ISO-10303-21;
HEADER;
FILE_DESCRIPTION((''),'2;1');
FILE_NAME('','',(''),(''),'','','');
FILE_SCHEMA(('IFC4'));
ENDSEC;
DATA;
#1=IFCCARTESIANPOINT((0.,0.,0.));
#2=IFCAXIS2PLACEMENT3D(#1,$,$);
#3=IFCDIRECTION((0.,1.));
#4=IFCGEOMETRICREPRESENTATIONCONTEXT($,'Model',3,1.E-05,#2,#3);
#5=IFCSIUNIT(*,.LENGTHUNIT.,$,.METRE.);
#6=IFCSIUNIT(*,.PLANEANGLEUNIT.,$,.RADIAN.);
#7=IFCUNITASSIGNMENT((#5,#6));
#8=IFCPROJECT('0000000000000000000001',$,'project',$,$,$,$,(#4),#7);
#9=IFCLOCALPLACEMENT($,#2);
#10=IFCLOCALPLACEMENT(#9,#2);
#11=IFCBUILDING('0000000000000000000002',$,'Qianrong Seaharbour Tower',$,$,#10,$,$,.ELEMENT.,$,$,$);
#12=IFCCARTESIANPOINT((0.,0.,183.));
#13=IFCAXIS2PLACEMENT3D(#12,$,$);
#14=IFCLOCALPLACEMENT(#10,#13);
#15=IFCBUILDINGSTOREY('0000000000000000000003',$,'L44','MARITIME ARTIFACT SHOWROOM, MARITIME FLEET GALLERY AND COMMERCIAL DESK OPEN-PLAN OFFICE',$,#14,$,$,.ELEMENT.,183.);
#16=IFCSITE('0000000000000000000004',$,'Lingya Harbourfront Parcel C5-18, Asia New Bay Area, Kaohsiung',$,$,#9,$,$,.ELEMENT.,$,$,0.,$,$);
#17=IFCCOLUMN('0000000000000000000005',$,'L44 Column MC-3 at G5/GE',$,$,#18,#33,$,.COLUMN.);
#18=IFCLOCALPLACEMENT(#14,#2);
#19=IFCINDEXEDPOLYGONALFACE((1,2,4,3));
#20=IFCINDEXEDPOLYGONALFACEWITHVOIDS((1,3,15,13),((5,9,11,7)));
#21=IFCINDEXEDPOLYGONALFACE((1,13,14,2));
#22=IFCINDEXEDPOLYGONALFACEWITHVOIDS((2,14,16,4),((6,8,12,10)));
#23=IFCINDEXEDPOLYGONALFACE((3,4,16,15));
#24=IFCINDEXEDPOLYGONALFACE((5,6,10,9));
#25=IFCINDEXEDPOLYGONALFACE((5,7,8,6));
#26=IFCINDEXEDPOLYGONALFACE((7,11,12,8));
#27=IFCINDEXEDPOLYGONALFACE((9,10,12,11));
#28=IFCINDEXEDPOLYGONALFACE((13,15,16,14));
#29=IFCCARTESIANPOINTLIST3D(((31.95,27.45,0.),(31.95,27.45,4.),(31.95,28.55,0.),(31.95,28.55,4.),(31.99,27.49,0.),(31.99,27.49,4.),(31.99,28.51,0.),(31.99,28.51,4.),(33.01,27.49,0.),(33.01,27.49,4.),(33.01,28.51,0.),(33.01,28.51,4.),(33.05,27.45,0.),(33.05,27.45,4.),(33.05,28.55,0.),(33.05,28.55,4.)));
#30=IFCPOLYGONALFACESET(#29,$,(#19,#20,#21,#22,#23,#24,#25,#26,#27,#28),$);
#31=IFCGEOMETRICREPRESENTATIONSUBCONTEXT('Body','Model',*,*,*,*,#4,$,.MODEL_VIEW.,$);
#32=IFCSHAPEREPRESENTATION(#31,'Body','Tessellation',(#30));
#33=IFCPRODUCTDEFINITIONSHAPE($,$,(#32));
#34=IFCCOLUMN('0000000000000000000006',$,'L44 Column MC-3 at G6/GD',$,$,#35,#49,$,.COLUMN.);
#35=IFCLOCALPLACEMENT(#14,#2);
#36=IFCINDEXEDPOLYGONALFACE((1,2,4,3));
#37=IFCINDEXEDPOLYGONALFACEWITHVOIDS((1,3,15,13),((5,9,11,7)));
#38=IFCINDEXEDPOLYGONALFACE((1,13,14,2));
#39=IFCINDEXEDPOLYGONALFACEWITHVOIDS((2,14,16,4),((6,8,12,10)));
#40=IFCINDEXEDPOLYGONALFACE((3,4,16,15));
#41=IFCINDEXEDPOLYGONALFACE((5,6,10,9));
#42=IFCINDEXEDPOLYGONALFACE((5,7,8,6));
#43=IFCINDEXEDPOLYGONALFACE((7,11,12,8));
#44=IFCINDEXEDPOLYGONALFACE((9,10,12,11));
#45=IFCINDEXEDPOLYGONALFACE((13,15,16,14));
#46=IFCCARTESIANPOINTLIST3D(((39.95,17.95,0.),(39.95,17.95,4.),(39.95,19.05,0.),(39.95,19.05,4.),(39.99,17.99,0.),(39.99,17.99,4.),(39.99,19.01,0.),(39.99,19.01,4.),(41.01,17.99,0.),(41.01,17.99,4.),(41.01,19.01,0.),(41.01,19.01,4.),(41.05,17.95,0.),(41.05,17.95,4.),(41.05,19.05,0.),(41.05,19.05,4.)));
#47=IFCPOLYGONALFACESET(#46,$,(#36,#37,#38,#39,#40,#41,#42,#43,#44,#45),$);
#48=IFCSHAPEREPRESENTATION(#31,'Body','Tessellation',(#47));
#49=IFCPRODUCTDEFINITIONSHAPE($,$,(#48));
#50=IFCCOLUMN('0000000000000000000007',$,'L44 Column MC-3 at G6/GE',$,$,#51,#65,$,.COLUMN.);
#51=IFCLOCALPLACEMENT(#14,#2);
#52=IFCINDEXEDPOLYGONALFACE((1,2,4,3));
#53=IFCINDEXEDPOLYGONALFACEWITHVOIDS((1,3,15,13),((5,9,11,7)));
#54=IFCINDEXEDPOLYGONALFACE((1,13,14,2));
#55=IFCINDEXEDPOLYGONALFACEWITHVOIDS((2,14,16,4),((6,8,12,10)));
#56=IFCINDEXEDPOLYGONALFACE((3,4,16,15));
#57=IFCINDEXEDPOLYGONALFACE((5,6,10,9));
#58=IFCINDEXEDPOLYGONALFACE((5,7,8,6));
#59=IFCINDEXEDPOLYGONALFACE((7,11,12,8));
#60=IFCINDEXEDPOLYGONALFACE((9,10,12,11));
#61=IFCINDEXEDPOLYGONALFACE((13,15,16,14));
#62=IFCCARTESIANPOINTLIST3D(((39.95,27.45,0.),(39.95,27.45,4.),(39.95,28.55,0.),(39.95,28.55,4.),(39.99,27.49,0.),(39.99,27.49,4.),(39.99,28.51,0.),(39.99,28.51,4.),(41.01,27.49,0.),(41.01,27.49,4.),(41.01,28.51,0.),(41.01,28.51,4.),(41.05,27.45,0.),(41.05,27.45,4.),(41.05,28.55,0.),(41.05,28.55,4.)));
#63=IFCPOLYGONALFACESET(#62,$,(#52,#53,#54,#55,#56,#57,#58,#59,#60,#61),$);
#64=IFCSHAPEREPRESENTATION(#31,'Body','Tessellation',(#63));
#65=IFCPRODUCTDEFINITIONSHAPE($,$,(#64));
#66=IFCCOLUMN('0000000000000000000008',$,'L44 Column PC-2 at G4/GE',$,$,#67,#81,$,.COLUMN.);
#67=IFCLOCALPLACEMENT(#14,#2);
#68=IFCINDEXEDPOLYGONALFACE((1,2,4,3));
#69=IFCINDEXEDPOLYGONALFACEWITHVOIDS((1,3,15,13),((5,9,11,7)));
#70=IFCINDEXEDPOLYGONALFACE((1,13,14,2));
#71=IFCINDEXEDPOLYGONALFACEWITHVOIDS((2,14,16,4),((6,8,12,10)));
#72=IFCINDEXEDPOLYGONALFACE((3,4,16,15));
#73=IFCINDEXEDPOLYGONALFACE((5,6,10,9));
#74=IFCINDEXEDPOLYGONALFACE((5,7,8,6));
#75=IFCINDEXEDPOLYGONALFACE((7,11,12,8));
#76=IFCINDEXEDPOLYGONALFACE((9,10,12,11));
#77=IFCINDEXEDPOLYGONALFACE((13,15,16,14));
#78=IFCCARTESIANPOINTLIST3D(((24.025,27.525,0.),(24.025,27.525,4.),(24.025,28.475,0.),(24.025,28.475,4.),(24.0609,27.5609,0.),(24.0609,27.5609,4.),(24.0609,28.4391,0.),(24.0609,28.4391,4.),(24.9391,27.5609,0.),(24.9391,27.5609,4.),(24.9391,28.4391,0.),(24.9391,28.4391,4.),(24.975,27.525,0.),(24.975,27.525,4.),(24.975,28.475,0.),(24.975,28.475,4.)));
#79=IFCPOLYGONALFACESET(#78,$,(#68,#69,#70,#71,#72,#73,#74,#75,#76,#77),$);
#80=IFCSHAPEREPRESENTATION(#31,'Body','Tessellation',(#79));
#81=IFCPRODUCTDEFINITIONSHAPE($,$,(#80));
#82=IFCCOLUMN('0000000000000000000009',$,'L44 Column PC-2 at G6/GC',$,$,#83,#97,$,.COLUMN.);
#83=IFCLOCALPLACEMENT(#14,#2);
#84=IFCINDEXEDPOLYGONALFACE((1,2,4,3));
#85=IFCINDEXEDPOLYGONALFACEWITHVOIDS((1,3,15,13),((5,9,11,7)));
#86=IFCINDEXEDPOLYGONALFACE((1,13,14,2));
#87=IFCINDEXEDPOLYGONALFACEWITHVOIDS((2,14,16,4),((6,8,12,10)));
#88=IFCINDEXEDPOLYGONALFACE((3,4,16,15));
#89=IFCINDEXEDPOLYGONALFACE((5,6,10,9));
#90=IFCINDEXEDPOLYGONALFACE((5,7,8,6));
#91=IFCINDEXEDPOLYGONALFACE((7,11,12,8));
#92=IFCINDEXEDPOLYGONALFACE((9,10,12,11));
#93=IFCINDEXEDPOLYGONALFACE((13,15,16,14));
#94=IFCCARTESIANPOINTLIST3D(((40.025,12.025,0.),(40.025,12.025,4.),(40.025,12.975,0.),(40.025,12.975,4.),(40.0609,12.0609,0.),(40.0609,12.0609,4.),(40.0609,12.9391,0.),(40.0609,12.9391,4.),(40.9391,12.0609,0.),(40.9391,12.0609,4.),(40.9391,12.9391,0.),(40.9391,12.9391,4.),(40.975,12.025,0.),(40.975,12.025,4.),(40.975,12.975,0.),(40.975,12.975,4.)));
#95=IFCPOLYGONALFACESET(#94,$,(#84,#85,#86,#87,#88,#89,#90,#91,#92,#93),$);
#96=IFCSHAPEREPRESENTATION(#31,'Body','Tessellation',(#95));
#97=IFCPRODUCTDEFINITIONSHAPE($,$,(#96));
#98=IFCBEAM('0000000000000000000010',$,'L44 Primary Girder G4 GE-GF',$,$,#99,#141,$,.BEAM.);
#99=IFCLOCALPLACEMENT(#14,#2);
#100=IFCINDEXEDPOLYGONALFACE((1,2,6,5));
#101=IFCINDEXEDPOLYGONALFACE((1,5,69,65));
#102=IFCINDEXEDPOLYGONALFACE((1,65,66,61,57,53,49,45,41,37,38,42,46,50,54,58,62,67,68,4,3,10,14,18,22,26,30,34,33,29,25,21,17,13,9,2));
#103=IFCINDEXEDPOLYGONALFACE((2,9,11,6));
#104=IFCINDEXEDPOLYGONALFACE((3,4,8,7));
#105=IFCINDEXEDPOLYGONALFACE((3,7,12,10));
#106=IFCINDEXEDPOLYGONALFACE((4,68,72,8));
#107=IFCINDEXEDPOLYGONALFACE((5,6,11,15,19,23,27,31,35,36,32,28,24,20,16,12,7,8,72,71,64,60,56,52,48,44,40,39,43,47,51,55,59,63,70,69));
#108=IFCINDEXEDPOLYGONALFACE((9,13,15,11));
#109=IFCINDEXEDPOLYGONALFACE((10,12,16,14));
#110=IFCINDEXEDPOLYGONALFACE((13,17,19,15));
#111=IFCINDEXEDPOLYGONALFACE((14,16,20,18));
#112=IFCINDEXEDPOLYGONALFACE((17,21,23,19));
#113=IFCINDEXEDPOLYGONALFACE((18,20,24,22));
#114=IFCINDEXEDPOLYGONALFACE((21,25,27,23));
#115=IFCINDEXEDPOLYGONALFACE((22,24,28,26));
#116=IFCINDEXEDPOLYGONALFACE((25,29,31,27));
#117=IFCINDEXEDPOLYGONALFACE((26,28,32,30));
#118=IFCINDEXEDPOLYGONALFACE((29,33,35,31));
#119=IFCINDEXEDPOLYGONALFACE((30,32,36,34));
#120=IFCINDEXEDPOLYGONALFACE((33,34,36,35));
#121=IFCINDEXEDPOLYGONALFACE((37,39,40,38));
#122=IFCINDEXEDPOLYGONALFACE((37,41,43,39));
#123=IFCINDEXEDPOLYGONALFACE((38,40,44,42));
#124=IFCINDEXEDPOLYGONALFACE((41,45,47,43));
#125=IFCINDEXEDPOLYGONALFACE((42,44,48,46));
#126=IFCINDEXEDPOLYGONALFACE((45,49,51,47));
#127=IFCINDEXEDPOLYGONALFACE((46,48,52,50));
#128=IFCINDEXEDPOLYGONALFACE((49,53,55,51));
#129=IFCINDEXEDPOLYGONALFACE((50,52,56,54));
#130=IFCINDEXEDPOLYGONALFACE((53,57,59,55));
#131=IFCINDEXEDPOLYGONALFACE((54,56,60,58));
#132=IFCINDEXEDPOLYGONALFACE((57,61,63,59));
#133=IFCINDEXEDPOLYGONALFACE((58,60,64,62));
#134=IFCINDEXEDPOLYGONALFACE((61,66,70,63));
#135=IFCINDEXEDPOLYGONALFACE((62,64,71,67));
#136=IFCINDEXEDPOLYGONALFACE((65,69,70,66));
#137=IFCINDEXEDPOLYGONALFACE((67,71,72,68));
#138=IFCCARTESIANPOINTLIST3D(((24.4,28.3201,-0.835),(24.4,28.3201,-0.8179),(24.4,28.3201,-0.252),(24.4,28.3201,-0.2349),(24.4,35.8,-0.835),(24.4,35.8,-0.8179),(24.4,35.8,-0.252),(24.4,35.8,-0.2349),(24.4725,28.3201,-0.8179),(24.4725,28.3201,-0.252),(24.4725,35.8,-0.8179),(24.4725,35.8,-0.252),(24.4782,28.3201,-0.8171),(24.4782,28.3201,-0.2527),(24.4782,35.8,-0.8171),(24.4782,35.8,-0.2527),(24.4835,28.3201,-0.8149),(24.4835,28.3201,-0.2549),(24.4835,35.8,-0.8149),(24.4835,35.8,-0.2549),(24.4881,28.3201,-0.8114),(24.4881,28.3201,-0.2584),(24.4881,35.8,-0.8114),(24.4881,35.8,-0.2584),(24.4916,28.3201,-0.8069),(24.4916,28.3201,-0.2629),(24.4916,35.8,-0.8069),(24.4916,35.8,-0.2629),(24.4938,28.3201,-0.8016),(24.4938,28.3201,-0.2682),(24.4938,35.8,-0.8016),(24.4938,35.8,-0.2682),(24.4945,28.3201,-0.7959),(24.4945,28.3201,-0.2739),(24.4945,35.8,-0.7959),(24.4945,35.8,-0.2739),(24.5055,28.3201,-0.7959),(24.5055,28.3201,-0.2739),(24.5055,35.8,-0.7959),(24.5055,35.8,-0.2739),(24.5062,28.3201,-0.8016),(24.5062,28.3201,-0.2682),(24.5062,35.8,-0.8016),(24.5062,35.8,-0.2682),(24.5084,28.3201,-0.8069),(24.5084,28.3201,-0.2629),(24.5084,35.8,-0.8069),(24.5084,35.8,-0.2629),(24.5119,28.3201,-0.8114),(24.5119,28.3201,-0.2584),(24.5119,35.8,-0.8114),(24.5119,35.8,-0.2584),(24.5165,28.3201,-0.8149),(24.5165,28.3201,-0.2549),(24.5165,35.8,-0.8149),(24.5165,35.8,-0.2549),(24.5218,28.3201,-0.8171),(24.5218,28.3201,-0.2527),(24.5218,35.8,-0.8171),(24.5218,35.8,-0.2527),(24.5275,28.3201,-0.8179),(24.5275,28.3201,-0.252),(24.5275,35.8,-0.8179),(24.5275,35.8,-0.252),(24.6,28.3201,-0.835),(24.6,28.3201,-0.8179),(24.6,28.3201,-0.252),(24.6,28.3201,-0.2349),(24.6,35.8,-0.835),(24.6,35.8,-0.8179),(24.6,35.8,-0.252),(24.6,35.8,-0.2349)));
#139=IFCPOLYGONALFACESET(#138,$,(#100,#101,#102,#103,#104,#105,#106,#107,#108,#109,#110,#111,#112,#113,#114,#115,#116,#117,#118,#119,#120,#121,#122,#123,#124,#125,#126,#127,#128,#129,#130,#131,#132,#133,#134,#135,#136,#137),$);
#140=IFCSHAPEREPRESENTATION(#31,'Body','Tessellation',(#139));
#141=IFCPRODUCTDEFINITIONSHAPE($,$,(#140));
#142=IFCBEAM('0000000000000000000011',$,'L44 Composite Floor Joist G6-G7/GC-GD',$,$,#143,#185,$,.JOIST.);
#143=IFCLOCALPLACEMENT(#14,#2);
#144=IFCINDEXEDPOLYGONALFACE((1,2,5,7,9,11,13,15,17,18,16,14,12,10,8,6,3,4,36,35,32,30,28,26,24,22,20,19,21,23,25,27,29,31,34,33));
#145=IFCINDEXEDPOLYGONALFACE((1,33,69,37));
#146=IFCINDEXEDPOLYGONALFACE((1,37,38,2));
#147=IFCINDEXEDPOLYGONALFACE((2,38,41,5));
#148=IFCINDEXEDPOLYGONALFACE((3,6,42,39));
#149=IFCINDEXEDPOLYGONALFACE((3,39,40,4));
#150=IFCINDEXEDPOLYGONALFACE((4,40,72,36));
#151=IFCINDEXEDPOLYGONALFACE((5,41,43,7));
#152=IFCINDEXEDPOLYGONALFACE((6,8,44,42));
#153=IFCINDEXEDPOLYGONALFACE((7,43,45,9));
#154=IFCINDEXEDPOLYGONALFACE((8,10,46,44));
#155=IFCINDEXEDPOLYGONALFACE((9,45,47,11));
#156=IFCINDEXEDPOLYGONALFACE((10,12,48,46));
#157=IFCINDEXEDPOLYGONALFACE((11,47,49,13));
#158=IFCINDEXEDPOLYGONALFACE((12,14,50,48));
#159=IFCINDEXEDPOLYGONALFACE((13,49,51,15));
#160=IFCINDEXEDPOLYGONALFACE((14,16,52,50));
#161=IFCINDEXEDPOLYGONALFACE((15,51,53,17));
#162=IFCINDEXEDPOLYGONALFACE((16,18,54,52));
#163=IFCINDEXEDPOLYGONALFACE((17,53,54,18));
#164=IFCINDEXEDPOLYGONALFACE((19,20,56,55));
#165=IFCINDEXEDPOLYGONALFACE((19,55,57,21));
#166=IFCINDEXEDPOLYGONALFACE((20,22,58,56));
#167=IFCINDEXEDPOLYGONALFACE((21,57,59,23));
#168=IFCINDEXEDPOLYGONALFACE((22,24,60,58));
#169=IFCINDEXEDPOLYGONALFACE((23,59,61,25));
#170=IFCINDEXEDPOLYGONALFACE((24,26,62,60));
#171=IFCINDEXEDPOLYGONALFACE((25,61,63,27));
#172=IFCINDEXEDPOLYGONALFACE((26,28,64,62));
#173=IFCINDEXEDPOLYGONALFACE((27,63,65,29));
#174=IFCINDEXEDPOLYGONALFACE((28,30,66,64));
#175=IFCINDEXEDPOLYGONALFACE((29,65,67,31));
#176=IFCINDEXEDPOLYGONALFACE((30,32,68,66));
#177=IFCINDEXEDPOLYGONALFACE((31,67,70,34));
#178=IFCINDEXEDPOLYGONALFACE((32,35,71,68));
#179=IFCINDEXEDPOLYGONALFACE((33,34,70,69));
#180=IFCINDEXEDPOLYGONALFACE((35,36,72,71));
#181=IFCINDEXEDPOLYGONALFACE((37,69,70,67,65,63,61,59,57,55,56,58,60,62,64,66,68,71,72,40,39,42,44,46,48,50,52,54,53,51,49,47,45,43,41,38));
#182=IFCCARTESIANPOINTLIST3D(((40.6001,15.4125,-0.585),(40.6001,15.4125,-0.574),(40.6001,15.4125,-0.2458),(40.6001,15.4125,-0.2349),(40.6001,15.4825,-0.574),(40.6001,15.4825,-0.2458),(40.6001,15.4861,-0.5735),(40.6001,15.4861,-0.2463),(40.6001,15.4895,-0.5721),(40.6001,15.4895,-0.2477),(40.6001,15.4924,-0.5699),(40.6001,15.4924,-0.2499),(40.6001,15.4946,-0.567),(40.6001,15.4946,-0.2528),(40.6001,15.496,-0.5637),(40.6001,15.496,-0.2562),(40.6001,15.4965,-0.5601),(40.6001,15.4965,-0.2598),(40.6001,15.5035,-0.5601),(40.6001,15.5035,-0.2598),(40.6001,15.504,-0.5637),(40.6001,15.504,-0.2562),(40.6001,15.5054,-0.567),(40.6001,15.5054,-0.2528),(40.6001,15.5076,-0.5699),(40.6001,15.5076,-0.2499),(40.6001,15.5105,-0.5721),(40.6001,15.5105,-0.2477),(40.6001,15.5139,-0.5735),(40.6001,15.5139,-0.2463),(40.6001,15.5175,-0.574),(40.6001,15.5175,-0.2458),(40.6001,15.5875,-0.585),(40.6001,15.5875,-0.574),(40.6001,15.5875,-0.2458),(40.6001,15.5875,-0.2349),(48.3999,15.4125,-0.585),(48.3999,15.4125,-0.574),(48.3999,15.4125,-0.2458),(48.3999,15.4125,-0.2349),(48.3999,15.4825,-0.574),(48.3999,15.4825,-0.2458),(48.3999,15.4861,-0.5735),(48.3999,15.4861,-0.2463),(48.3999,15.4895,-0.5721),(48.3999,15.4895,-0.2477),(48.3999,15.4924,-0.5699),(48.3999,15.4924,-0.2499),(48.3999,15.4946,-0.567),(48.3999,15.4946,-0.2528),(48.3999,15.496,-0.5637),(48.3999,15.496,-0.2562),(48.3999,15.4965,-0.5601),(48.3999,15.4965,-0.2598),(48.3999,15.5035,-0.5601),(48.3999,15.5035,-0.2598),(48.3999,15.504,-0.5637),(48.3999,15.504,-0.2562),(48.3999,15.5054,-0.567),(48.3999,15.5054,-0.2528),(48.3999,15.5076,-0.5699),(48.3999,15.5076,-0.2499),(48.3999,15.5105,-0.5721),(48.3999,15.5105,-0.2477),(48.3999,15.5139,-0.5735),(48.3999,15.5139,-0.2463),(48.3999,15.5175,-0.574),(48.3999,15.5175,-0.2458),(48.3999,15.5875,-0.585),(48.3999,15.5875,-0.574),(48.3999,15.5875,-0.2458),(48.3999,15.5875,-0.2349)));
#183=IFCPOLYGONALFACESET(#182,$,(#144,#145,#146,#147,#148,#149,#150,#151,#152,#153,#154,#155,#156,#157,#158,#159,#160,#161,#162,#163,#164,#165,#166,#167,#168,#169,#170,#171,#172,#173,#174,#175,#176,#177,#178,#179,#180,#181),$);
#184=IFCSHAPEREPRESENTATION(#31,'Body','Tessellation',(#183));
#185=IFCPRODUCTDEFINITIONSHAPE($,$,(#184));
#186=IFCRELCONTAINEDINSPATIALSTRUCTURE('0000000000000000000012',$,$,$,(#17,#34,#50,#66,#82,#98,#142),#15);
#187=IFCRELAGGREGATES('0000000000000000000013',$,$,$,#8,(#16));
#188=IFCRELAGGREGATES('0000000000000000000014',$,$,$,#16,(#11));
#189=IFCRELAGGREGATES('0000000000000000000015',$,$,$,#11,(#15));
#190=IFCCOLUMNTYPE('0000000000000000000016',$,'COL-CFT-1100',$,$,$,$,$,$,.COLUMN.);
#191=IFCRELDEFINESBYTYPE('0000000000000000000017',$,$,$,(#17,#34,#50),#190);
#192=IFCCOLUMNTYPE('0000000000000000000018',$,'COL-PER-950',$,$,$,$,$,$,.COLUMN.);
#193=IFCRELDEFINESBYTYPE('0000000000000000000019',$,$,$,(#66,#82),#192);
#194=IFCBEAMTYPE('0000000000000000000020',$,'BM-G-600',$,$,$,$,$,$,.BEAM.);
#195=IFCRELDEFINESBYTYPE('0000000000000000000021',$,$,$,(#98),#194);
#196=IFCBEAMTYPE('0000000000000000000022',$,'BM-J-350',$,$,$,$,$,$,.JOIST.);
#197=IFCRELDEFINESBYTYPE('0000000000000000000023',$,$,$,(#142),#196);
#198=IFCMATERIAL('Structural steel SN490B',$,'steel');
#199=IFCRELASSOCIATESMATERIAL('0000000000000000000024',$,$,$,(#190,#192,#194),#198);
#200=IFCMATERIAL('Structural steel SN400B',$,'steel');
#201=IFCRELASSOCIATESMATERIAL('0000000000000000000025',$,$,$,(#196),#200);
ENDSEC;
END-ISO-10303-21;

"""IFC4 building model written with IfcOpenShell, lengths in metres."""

from ifc_helpers import new_model, si_unit, direction, frame, origin, origin_2d, place, context, subcontext, project, spatial, hollow_rectangle, i_section, extrude, material, material_profile, profile_set, type_object, element, save


model = new_model("IFC4")

# Units and contexts
model_context = context("Model", 3, precision=1e-05, world=origin(), true_north=direction((0.0, 1.0)))
body_context = subcontext(model_context, "Body", "Model", "MODEL_VIEW")
ifc_project = project(units=[si_unit("LENGTHUNIT", "METRE"), si_unit("PLANEANGLEUNIT", "RADIAN")], contexts=[model_context])

# Site, building, storey
site_placement = place(None, origin())
site = spatial("IfcSite", under=ifc_project, at=site_placement, Name="Lingya Harbourfront Parcel C5-18, Asia New Bay Area, Kaohsiung", CompositionType="ELEMENT", RefElevation=0.0)
building_placement = place(site_placement, origin())
building = spatial("IfcBuilding", under=site, at=building_placement, Name="Qianrong Seaharbour Tower", CompositionType="ELEMENT")
storey_placement = place(building_placement, frame((0.0, 0.0, 183.0)))
storey = spatial("IfcBuildingStorey", under=building, at=storey_placement, Name="L44", Description="MARITIME ARTIFACT SHOWROOM, MARITIME FLEET GALLERY AND COMMERCIAL DESK OPEN-PLAN OFFICE", CompositionType="ELEMENT", Elevation=183.0)

# Columns
ifc_material_1 = material(Name="Structural steel SN490B", Category="steel")
ifc_material_profile_1 = material_profile(ifc_material_1, hollow_rectangle(XDim=1.1001, YDim=1.1001, WallThickness=0.04, at=origin_2d()), Name="BOX1100x1100x40")
ifc_profile_set_1 = profile_set([ifc_material_profile_1], Name="Structural steel SN490B")
column_type_1 = type_object("IfcColumnType", Name="COL-CFT-1100", PredefinedType="COLUMN", material=ifc_profile_set_1)
for number, where, z_axis, x_axis, name in (
    (1, (32.5, 28.0, 0.0), (0.0, 0.0, 1.0), (1.0, 0.0, 0.0), "L44 Column MC-3 at G5/GE"),
    (2, (40.5, 18.5, 0.0), (0.0, 0.0, 1.0), (1.0, 0.0, 0.0), "L44 Column MC-3 at G6/GD"),
    (3, (40.5, 28.0, 0.0), (0.0, 0.0, 1.0), (1.0, 0.0, 0.0), "L44 Column MC-3 at G6/GE"),
):
    element("IfcColumn", number, at=place(storey_placement, frame(where, z_axis=z_axis, x_axis=x_axis)), inside=storey, type_object=column_type_1, Name=name, PredefinedType="COLUMN", context=body_context, shape_type="SweptSolid", body=[
        extrude(hollow_rectangle(XDim=1.1001, YDim=1.1001, WallThickness=0.04, at=origin_2d()), origin(), (0.0, 0.0, 1.0), 4.0),
    ])
ifc_material_profile_2 = material_profile(ifc_material_1, hollow_rectangle(XDim=0.95, YDim=0.95, WallThickness=0.0359, at=origin_2d()), Name="BOX950x950x36")
ifc_profile_set_2 = profile_set([ifc_material_profile_2], Name="Structural steel SN490B")
column_type_2 = type_object("IfcColumnType", Name="COL-PER-950", PredefinedType="COLUMN", material=ifc_profile_set_2)
for number, where, z_axis, x_axis, name in (
    (4, (24.5, 28.0, 0.0), (0.0, 0.0, 1.0), (1.0, 0.0, 0.0), "L44 Column PC-2 at G4/GE"),
    (5, (40.5, 12.5, 0.0), (0.0, 0.0, 1.0), (1.0, 0.0, 0.0), "L44 Column PC-2 at G6/GC"),
):
    element("IfcColumn", number, at=place(storey_placement, frame(where, z_axis=z_axis, x_axis=x_axis)), inside=storey, type_object=column_type_2, Name=name, PredefinedType="COLUMN", context=body_context, shape_type="SweptSolid", body=[
        extrude(hollow_rectangle(XDim=0.95, YDim=0.95, WallThickness=0.0359, at=origin_2d()), origin(), (0.0, 0.0, 1.0), 4.0),
    ])

# Beams
ifc_material_profile_3 = material_profile(ifc_material_1, i_section(OverallWidth=0.2, OverallDepth=0.6001, WebThickness=0.011, FlangeThickness=0.0171, FilletRadius=0.022, at=origin_2d()), Name="H600x200x11x17")
ifc_profile_set_3 = profile_set([ifc_material_profile_3], Name="Structural steel SN490B")
beam_type_1 = type_object("IfcBeamType", Name="BM-G-600", PredefinedType="BEAM", material=ifc_profile_set_3)
beam_1_placement = place(storey_placement, frame((24.5, 28.3201, -0.5349), z_axis=(0.0, 1.0, 0.0), x_axis=(-1.0, 0.0, 0.0)))
element("IfcBeam", 6, at=beam_1_placement, inside=storey, type_object=beam_type_1, Name="L44 Primary Girder G4 GE-GF", PredefinedType="BEAM", context=body_context, shape_type="SweptSolid", body=[
    extrude(i_section(OverallWidth=0.2, OverallDepth=0.6001, WebThickness=0.011, FlangeThickness=0.0171, FilletRadius=0.022, at=origin_2d()), origin(), (0.0, 0.0, 1.0), 7.48),
])
ifc_material_2 = material(Name="Structural steel SN400B", Category="steel")
ifc_material_profile_4 = material_profile(ifc_material_2, i_section(OverallWidth=0.175, OverallDepth=0.3501, WebThickness=0.0071, FlangeThickness=0.011, FilletRadius=0.0139, at=origin_2d()), Name="H350x175x7x11")
ifc_profile_set_4 = profile_set([ifc_material_profile_4], Name="Structural steel SN400B")
beam_type_2 = type_object("IfcBeamType", Name="BM-J-350", PredefinedType="JOIST", material=ifc_profile_set_4)
beam_2_placement = place(storey_placement, frame((40.6001, 15.5, -0.4099), z_axis=(1.0, 0.0, 0.0), x_axis=(0.0, 1.0, 0.0)))
element("IfcBeam", 7, at=beam_2_placement, inside=storey, type_object=beam_type_2, Name="L44 Composite Floor Joist G6-G7/GC-GD", PredefinedType="JOIST", context=body_context, shape_type="SweptSolid", body=[
    extrude(i_section(OverallWidth=0.175, OverallDepth=0.3501, WebThickness=0.0071, FlangeThickness=0.011, FilletRadius=0.0139, at=origin_2d()), origin(), (0.0, 0.0, 1.0), 7.7998),
])

save(model, "model.ifc")
